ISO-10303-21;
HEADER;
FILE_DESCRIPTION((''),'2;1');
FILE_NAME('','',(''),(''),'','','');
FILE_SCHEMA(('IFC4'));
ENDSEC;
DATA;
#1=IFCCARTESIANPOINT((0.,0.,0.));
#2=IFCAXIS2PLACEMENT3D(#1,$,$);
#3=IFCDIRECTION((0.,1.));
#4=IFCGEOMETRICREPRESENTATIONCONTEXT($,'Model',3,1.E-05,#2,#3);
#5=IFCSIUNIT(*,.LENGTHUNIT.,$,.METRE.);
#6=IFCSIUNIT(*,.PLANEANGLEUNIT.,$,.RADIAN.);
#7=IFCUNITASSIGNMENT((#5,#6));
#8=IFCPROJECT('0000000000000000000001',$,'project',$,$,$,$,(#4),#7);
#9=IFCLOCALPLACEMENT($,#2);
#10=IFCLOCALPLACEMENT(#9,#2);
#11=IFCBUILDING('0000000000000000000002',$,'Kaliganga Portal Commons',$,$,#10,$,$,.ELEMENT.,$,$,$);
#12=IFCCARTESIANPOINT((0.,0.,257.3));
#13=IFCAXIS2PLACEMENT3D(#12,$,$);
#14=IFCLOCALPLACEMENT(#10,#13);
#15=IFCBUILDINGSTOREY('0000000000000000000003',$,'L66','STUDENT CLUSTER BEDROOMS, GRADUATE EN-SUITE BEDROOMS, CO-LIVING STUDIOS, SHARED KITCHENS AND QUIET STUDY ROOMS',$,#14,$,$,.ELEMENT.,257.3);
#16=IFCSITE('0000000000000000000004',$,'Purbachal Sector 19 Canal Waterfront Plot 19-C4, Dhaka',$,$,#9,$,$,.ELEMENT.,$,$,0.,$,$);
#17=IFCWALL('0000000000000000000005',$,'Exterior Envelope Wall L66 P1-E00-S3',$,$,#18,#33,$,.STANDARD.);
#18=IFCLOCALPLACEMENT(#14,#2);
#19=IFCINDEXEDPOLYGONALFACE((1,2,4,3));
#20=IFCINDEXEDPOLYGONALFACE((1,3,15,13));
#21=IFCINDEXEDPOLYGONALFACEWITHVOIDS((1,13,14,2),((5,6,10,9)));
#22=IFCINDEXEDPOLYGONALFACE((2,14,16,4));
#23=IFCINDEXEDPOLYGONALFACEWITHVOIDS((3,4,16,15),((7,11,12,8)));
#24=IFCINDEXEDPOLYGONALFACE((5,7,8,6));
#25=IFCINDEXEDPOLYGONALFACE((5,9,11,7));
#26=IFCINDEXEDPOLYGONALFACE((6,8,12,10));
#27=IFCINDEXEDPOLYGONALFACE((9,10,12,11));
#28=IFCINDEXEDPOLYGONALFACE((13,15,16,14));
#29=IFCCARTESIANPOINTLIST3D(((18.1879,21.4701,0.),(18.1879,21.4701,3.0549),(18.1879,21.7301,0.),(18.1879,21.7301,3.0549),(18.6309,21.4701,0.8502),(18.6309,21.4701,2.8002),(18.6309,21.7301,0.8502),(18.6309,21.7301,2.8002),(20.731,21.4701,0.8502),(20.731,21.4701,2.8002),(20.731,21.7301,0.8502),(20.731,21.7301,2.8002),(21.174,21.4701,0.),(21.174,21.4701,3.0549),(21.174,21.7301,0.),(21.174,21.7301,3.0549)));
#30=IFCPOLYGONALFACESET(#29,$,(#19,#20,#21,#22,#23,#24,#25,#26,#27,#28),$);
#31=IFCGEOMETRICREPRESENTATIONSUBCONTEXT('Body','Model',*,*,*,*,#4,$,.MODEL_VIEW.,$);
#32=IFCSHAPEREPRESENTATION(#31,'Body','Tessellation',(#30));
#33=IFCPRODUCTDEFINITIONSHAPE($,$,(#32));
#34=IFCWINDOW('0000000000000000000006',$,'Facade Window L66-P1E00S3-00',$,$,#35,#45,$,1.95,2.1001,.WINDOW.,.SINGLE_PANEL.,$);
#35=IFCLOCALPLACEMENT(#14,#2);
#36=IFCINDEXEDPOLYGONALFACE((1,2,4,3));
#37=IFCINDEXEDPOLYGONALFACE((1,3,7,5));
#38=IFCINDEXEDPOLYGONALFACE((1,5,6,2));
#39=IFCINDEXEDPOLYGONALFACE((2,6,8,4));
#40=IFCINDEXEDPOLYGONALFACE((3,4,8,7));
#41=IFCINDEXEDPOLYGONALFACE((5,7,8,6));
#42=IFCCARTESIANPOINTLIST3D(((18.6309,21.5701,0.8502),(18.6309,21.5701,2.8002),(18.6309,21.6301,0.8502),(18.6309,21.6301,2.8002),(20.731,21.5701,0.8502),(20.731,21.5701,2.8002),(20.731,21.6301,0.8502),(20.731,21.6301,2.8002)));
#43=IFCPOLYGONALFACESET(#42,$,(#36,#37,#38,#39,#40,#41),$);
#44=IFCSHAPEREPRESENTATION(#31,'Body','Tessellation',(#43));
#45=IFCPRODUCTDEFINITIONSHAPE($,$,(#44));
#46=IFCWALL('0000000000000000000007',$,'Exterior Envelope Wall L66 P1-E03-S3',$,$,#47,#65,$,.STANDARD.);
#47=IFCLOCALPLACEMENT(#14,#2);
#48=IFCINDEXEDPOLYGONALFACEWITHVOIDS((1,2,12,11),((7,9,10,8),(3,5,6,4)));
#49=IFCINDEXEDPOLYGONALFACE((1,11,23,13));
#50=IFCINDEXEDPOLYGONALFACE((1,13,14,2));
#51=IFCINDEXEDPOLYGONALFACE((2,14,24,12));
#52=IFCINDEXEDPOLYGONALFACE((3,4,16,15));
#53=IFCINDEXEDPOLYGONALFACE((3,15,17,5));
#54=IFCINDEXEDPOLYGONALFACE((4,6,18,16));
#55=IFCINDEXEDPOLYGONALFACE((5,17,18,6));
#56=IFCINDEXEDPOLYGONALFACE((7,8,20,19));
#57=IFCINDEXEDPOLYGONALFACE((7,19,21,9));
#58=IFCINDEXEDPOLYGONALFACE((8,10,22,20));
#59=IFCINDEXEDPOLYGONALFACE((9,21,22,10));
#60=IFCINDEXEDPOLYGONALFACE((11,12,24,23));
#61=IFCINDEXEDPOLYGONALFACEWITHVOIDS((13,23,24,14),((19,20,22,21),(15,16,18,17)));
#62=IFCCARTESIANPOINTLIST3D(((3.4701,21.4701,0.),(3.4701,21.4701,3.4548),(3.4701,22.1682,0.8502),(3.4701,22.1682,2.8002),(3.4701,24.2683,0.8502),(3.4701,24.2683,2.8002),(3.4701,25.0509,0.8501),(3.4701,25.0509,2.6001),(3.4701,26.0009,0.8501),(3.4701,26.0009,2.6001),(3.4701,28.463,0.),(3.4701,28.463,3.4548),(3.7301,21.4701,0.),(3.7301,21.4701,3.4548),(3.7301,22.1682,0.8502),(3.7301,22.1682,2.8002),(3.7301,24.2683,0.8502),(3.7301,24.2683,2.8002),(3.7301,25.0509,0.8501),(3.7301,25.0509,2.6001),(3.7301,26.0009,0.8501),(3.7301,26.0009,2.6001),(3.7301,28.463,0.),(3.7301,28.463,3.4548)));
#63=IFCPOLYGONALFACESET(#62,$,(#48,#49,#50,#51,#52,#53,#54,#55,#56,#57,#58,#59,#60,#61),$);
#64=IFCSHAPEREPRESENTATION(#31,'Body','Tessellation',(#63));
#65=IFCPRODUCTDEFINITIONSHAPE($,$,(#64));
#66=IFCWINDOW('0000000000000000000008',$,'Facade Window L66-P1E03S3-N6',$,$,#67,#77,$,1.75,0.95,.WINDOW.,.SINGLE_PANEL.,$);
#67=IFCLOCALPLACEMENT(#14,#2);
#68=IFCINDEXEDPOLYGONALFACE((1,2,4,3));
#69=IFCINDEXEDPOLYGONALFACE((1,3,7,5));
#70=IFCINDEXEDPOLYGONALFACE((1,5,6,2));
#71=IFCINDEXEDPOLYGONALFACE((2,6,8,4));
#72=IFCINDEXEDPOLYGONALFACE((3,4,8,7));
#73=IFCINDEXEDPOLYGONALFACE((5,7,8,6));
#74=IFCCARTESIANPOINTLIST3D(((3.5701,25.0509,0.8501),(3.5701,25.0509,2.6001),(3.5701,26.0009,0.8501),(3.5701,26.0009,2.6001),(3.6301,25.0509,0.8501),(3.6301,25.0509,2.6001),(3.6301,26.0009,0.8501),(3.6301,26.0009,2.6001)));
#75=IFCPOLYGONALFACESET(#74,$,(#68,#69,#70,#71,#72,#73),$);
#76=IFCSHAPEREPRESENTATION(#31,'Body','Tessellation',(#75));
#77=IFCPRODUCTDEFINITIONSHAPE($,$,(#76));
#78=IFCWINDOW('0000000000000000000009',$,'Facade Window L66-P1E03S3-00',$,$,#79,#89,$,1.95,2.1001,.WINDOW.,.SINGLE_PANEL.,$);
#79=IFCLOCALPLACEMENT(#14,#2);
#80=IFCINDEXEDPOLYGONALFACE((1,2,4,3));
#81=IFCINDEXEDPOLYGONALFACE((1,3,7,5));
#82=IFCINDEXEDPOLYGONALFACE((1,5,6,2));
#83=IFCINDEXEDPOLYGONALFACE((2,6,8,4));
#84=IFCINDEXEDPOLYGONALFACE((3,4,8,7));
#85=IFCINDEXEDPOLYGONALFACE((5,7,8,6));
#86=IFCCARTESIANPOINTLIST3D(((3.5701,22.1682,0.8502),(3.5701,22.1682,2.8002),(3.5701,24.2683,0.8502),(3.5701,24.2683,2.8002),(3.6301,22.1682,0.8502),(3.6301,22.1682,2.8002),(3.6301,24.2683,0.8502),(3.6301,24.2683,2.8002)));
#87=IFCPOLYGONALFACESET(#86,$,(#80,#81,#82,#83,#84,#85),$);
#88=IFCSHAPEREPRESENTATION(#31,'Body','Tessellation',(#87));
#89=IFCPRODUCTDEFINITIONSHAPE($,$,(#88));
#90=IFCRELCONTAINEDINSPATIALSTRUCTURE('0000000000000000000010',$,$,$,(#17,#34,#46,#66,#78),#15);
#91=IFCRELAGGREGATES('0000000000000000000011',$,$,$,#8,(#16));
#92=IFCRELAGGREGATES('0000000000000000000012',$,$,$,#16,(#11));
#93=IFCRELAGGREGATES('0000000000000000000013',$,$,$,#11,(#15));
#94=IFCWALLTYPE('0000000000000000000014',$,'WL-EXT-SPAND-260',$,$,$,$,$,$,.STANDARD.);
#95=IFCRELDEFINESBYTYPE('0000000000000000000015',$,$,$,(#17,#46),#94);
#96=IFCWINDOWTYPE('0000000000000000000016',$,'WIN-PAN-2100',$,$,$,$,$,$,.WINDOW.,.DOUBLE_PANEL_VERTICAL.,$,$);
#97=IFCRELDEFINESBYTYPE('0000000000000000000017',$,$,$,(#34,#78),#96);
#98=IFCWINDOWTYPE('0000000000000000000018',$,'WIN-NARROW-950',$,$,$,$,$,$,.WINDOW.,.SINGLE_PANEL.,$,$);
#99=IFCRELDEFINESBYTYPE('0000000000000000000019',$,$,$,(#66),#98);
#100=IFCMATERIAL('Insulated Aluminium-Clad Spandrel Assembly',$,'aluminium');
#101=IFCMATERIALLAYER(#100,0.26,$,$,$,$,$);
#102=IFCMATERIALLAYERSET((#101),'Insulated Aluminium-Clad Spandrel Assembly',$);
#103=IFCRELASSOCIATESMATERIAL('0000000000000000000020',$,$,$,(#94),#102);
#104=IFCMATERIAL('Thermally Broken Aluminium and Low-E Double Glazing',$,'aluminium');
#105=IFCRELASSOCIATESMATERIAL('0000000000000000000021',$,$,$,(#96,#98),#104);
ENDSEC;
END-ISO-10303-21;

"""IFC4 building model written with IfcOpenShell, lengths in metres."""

from ifc_helpers import new_model, si_unit, direction, frame, frame_2d, origin, place, context, subcontext, project, spatial, rectangle, extrude, material, layer, layer_set, type_object, element, fill, save


model = new_model("IFC4")

# Units and contexts
model_context = context("Model", 3, precision=1e-05, world=origin(), true_north=direction((0.0, 1.0)))
body_context = subcontext(model_context, "Body", "Model", "MODEL_VIEW")
ifc_project = project(units=[si_unit("LENGTHUNIT", "METRE"), si_unit("PLANEANGLEUNIT", "RADIAN")], contexts=[model_context])

# Site, building, storey
site_placement = place(None, origin())
site = spatial("IfcSite", under=ifc_project, at=site_placement, Name="Purbachal Sector 19 Canal Waterfront Plot 19-C4, Dhaka", CompositionType="ELEMENT", RefElevation=0.0)
building_placement = place(site_placement, origin())
building = spatial("IfcBuilding", under=site, at=building_placement, Name="Kaliganga Portal Commons", CompositionType="ELEMENT")
storey_placement = place(building_placement, frame((0.0, 0.0, 257.3)))
storey = spatial("IfcBuildingStorey", under=building, at=storey_placement, Name="L66", Description="STUDENT CLUSTER BEDROOMS, GRADUATE EN-SUITE BEDROOMS, CO-LIVING STUDIOS, SHARED KITCHENS AND QUIET STUDY ROOMS", CompositionType="ELEMENT", Elevation=257.3)

# Shared definitions
ifc_material_1 = material(Name="Insulated Aluminium-Clad Spandrel Assembly", Category="aluminium")
ifc_layer_1 = layer(ifc_material_1, 0.26)
ifc_layer_set_1 = layer_set([ifc_layer_1], Name="Insulated Aluminium-Clad Spandrel Assembly")
wall_type = type_object("IfcWallType", Name="WL-EXT-SPAND-260", PredefinedType="STANDARD", material=ifc_layer_set_1)
ifc_material_2 = material(Name="Thermally Broken Aluminium and Low-E Double Glazing", Category="aluminium")
window_type_1 = type_object("IfcWindowType", Name="WIN-PAN-2100", PartitioningType="DOUBLE_PANEL_VERTICAL", PredefinedType="WINDOW", material=ifc_material_2)

# Wall, opening, window
wall_1_placement = place(storey_placement, frame((21.1741, 21.6001, 0.0), z_axis=(0.0, 0.0, 1.0), x_axis=(-1.0, 0.0, 0.0)))
wall_1 = element("IfcWall", 1, at=wall_1_placement, inside=storey, type_object=wall_type, Name="Exterior Envelope Wall L66 P1-E00-S3", PredefinedType="STANDARD", context=body_context, shape_type="SweptSolid", body=[
    extrude(rectangle(XDim=2.9861, YDim=0.26, at=frame_2d((1.4932, 0.0))), origin(), (0.0, 0.0, 1.0), 3.0549),
])
opening_1_placement = place(wall_1_placement, frame((0.4431, 0.0, 0.8501)))
opening_1 = element("IfcOpeningElement", 2, at=opening_1_placement, cuts=wall_1, PredefinedType="OPENING", context=body_context, shape_type="SweptSolid", body=[
    extrude(rectangle(XDim=2.1001, YDim=1.95, at=frame_2d((1.05, 0.9751))), frame((0.0, 0.1401, 0.0), z_axis=(0.0, -1.0, 0.0), x_axis=(1.0, 0.0, 0.0)), (0.0, 0.0, 1.0), 0.28),
])
window_1_placement = place(opening_1_placement, origin())
window_1 = element("IfcWindow", 3, at=window_1_placement, inside=storey, type_object=window_type_1, Name="Facade Window L66-P1E00S3-00", OverallHeight=1.95, OverallWidth=2.1001, PartitioningType="SINGLE_PANEL", PredefinedType="WINDOW", context=body_context, shape_type="SweptSolid", body=[
    extrude(rectangle(XDim=2.1001, YDim=1.95, at=frame_2d((1.05, 0.9751))), frame((0.0, 0.03, 0.0), z_axis=(0.0, -1.0, 0.0), x_axis=(1.0, 0.0, 0.0)), (0.0, 0.0, 1.0), 0.0601),
])
fill(opening_1, window_1)

# Wall, openings, windows
wall_2_placement = place(storey_placement, frame((3.6001, 21.47, 0.0), z_axis=(0.0, 0.0, 1.0), x_axis=(0.0, 1.0, 0.0)))
wall_2 = element("IfcWall", 4, at=wall_2_placement, inside=storey, type_object=wall_type, Name="Exterior Envelope Wall L66 P1-E03-S3", PredefinedType="STANDARD", context=body_context, shape_type="SweptSolid", body=[
    extrude(rectangle(XDim=6.9929, YDim=0.26, at=frame_2d((3.4966, 0.0))), origin(), (0.0, 0.0, 1.0), 3.4548),
])
opening_2_placement = place(wall_2_placement, frame((0.6982, 0.0, 0.8501)))
opening_2 = element("IfcOpeningElement", 5, at=opening_2_placement, cuts=wall_2, PredefinedType="OPENING", context=body_context, shape_type="SweptSolid", body=[
    extrude(rectangle(XDim=2.1001, YDim=1.95, at=frame_2d((1.05, 0.9751))), frame((0.0, 0.1401, 0.0), z_axis=(0.0, -1.0, 0.0), x_axis=(1.0, 0.0, 0.0)), (0.0, 0.0, 1.0), 0.28),
])
opening_3_placement = place(wall_2_placement, frame((3.5808, 0.0, 0.8501)))
opening_3 = element("IfcOpeningElement", 6, at=opening_3_placement, cuts=wall_2, PredefinedType="OPENING", context=body_context, shape_type="SweptSolid", body=[
    extrude(rectangle(XDim=0.95, YDim=1.75, at=frame_2d((0.4751, 0.875))), frame((0.0, 0.1401, 0.0), z_axis=(0.0, -1.0, 0.0), x_axis=(1.0, 0.0, 0.0)), (0.0, 0.0, 1.0), 0.28),
])
window_type_2 = type_object("IfcWindowType", Name="WIN-NARROW-950", PartitioningType="SINGLE_PANEL", PredefinedType="WINDOW", material=ifc_material_2)
window_2_placement = place(opening_3_placement, origin())
window_2 = element("IfcWindow", 7, at=window_2_placement, inside=storey, type_object=window_type_2, Name="Facade Window L66-P1E03S3-N6", OverallHeight=1.75, OverallWidth=0.95, PartitioningType="SINGLE_PANEL", PredefinedType="WINDOW", context=body_context, shape_type="SweptSolid", body=[
    extrude(rectangle(XDim=0.95, YDim=1.75, at=frame_2d((0.4751, 0.875))), frame((0.0, 0.03, 0.0), z_axis=(0.0, -1.0, 0.0), x_axis=(1.0, 0.0, 0.0)), (0.0, 0.0, 1.0), 0.0601),
])
fill(opening_3, window_2)
window_3_placement = place(opening_2_placement, origin())
window_3 = element("IfcWindow", 8, at=window_3_placement, inside=storey, type_object=window_type_1, Name="Facade Window L66-P1E03S3-00", OverallHeight=1.95, OverallWidth=2.1001, PartitioningType="SINGLE_PANEL", PredefinedType="WINDOW", context=body_context, shape_type="SweptSolid", body=[
    extrude(rectangle(XDim=2.1001, YDim=1.95, at=frame_2d((1.05, 0.9751))), frame((0.0, 0.03, 0.0), z_axis=(0.0, -1.0, 0.0), x_axis=(1.0, 0.0, 0.0)), (0.0, 0.0, 1.0), 0.0601),
])
fill(opening_2, window_3)

save(model, "model.ifc")
